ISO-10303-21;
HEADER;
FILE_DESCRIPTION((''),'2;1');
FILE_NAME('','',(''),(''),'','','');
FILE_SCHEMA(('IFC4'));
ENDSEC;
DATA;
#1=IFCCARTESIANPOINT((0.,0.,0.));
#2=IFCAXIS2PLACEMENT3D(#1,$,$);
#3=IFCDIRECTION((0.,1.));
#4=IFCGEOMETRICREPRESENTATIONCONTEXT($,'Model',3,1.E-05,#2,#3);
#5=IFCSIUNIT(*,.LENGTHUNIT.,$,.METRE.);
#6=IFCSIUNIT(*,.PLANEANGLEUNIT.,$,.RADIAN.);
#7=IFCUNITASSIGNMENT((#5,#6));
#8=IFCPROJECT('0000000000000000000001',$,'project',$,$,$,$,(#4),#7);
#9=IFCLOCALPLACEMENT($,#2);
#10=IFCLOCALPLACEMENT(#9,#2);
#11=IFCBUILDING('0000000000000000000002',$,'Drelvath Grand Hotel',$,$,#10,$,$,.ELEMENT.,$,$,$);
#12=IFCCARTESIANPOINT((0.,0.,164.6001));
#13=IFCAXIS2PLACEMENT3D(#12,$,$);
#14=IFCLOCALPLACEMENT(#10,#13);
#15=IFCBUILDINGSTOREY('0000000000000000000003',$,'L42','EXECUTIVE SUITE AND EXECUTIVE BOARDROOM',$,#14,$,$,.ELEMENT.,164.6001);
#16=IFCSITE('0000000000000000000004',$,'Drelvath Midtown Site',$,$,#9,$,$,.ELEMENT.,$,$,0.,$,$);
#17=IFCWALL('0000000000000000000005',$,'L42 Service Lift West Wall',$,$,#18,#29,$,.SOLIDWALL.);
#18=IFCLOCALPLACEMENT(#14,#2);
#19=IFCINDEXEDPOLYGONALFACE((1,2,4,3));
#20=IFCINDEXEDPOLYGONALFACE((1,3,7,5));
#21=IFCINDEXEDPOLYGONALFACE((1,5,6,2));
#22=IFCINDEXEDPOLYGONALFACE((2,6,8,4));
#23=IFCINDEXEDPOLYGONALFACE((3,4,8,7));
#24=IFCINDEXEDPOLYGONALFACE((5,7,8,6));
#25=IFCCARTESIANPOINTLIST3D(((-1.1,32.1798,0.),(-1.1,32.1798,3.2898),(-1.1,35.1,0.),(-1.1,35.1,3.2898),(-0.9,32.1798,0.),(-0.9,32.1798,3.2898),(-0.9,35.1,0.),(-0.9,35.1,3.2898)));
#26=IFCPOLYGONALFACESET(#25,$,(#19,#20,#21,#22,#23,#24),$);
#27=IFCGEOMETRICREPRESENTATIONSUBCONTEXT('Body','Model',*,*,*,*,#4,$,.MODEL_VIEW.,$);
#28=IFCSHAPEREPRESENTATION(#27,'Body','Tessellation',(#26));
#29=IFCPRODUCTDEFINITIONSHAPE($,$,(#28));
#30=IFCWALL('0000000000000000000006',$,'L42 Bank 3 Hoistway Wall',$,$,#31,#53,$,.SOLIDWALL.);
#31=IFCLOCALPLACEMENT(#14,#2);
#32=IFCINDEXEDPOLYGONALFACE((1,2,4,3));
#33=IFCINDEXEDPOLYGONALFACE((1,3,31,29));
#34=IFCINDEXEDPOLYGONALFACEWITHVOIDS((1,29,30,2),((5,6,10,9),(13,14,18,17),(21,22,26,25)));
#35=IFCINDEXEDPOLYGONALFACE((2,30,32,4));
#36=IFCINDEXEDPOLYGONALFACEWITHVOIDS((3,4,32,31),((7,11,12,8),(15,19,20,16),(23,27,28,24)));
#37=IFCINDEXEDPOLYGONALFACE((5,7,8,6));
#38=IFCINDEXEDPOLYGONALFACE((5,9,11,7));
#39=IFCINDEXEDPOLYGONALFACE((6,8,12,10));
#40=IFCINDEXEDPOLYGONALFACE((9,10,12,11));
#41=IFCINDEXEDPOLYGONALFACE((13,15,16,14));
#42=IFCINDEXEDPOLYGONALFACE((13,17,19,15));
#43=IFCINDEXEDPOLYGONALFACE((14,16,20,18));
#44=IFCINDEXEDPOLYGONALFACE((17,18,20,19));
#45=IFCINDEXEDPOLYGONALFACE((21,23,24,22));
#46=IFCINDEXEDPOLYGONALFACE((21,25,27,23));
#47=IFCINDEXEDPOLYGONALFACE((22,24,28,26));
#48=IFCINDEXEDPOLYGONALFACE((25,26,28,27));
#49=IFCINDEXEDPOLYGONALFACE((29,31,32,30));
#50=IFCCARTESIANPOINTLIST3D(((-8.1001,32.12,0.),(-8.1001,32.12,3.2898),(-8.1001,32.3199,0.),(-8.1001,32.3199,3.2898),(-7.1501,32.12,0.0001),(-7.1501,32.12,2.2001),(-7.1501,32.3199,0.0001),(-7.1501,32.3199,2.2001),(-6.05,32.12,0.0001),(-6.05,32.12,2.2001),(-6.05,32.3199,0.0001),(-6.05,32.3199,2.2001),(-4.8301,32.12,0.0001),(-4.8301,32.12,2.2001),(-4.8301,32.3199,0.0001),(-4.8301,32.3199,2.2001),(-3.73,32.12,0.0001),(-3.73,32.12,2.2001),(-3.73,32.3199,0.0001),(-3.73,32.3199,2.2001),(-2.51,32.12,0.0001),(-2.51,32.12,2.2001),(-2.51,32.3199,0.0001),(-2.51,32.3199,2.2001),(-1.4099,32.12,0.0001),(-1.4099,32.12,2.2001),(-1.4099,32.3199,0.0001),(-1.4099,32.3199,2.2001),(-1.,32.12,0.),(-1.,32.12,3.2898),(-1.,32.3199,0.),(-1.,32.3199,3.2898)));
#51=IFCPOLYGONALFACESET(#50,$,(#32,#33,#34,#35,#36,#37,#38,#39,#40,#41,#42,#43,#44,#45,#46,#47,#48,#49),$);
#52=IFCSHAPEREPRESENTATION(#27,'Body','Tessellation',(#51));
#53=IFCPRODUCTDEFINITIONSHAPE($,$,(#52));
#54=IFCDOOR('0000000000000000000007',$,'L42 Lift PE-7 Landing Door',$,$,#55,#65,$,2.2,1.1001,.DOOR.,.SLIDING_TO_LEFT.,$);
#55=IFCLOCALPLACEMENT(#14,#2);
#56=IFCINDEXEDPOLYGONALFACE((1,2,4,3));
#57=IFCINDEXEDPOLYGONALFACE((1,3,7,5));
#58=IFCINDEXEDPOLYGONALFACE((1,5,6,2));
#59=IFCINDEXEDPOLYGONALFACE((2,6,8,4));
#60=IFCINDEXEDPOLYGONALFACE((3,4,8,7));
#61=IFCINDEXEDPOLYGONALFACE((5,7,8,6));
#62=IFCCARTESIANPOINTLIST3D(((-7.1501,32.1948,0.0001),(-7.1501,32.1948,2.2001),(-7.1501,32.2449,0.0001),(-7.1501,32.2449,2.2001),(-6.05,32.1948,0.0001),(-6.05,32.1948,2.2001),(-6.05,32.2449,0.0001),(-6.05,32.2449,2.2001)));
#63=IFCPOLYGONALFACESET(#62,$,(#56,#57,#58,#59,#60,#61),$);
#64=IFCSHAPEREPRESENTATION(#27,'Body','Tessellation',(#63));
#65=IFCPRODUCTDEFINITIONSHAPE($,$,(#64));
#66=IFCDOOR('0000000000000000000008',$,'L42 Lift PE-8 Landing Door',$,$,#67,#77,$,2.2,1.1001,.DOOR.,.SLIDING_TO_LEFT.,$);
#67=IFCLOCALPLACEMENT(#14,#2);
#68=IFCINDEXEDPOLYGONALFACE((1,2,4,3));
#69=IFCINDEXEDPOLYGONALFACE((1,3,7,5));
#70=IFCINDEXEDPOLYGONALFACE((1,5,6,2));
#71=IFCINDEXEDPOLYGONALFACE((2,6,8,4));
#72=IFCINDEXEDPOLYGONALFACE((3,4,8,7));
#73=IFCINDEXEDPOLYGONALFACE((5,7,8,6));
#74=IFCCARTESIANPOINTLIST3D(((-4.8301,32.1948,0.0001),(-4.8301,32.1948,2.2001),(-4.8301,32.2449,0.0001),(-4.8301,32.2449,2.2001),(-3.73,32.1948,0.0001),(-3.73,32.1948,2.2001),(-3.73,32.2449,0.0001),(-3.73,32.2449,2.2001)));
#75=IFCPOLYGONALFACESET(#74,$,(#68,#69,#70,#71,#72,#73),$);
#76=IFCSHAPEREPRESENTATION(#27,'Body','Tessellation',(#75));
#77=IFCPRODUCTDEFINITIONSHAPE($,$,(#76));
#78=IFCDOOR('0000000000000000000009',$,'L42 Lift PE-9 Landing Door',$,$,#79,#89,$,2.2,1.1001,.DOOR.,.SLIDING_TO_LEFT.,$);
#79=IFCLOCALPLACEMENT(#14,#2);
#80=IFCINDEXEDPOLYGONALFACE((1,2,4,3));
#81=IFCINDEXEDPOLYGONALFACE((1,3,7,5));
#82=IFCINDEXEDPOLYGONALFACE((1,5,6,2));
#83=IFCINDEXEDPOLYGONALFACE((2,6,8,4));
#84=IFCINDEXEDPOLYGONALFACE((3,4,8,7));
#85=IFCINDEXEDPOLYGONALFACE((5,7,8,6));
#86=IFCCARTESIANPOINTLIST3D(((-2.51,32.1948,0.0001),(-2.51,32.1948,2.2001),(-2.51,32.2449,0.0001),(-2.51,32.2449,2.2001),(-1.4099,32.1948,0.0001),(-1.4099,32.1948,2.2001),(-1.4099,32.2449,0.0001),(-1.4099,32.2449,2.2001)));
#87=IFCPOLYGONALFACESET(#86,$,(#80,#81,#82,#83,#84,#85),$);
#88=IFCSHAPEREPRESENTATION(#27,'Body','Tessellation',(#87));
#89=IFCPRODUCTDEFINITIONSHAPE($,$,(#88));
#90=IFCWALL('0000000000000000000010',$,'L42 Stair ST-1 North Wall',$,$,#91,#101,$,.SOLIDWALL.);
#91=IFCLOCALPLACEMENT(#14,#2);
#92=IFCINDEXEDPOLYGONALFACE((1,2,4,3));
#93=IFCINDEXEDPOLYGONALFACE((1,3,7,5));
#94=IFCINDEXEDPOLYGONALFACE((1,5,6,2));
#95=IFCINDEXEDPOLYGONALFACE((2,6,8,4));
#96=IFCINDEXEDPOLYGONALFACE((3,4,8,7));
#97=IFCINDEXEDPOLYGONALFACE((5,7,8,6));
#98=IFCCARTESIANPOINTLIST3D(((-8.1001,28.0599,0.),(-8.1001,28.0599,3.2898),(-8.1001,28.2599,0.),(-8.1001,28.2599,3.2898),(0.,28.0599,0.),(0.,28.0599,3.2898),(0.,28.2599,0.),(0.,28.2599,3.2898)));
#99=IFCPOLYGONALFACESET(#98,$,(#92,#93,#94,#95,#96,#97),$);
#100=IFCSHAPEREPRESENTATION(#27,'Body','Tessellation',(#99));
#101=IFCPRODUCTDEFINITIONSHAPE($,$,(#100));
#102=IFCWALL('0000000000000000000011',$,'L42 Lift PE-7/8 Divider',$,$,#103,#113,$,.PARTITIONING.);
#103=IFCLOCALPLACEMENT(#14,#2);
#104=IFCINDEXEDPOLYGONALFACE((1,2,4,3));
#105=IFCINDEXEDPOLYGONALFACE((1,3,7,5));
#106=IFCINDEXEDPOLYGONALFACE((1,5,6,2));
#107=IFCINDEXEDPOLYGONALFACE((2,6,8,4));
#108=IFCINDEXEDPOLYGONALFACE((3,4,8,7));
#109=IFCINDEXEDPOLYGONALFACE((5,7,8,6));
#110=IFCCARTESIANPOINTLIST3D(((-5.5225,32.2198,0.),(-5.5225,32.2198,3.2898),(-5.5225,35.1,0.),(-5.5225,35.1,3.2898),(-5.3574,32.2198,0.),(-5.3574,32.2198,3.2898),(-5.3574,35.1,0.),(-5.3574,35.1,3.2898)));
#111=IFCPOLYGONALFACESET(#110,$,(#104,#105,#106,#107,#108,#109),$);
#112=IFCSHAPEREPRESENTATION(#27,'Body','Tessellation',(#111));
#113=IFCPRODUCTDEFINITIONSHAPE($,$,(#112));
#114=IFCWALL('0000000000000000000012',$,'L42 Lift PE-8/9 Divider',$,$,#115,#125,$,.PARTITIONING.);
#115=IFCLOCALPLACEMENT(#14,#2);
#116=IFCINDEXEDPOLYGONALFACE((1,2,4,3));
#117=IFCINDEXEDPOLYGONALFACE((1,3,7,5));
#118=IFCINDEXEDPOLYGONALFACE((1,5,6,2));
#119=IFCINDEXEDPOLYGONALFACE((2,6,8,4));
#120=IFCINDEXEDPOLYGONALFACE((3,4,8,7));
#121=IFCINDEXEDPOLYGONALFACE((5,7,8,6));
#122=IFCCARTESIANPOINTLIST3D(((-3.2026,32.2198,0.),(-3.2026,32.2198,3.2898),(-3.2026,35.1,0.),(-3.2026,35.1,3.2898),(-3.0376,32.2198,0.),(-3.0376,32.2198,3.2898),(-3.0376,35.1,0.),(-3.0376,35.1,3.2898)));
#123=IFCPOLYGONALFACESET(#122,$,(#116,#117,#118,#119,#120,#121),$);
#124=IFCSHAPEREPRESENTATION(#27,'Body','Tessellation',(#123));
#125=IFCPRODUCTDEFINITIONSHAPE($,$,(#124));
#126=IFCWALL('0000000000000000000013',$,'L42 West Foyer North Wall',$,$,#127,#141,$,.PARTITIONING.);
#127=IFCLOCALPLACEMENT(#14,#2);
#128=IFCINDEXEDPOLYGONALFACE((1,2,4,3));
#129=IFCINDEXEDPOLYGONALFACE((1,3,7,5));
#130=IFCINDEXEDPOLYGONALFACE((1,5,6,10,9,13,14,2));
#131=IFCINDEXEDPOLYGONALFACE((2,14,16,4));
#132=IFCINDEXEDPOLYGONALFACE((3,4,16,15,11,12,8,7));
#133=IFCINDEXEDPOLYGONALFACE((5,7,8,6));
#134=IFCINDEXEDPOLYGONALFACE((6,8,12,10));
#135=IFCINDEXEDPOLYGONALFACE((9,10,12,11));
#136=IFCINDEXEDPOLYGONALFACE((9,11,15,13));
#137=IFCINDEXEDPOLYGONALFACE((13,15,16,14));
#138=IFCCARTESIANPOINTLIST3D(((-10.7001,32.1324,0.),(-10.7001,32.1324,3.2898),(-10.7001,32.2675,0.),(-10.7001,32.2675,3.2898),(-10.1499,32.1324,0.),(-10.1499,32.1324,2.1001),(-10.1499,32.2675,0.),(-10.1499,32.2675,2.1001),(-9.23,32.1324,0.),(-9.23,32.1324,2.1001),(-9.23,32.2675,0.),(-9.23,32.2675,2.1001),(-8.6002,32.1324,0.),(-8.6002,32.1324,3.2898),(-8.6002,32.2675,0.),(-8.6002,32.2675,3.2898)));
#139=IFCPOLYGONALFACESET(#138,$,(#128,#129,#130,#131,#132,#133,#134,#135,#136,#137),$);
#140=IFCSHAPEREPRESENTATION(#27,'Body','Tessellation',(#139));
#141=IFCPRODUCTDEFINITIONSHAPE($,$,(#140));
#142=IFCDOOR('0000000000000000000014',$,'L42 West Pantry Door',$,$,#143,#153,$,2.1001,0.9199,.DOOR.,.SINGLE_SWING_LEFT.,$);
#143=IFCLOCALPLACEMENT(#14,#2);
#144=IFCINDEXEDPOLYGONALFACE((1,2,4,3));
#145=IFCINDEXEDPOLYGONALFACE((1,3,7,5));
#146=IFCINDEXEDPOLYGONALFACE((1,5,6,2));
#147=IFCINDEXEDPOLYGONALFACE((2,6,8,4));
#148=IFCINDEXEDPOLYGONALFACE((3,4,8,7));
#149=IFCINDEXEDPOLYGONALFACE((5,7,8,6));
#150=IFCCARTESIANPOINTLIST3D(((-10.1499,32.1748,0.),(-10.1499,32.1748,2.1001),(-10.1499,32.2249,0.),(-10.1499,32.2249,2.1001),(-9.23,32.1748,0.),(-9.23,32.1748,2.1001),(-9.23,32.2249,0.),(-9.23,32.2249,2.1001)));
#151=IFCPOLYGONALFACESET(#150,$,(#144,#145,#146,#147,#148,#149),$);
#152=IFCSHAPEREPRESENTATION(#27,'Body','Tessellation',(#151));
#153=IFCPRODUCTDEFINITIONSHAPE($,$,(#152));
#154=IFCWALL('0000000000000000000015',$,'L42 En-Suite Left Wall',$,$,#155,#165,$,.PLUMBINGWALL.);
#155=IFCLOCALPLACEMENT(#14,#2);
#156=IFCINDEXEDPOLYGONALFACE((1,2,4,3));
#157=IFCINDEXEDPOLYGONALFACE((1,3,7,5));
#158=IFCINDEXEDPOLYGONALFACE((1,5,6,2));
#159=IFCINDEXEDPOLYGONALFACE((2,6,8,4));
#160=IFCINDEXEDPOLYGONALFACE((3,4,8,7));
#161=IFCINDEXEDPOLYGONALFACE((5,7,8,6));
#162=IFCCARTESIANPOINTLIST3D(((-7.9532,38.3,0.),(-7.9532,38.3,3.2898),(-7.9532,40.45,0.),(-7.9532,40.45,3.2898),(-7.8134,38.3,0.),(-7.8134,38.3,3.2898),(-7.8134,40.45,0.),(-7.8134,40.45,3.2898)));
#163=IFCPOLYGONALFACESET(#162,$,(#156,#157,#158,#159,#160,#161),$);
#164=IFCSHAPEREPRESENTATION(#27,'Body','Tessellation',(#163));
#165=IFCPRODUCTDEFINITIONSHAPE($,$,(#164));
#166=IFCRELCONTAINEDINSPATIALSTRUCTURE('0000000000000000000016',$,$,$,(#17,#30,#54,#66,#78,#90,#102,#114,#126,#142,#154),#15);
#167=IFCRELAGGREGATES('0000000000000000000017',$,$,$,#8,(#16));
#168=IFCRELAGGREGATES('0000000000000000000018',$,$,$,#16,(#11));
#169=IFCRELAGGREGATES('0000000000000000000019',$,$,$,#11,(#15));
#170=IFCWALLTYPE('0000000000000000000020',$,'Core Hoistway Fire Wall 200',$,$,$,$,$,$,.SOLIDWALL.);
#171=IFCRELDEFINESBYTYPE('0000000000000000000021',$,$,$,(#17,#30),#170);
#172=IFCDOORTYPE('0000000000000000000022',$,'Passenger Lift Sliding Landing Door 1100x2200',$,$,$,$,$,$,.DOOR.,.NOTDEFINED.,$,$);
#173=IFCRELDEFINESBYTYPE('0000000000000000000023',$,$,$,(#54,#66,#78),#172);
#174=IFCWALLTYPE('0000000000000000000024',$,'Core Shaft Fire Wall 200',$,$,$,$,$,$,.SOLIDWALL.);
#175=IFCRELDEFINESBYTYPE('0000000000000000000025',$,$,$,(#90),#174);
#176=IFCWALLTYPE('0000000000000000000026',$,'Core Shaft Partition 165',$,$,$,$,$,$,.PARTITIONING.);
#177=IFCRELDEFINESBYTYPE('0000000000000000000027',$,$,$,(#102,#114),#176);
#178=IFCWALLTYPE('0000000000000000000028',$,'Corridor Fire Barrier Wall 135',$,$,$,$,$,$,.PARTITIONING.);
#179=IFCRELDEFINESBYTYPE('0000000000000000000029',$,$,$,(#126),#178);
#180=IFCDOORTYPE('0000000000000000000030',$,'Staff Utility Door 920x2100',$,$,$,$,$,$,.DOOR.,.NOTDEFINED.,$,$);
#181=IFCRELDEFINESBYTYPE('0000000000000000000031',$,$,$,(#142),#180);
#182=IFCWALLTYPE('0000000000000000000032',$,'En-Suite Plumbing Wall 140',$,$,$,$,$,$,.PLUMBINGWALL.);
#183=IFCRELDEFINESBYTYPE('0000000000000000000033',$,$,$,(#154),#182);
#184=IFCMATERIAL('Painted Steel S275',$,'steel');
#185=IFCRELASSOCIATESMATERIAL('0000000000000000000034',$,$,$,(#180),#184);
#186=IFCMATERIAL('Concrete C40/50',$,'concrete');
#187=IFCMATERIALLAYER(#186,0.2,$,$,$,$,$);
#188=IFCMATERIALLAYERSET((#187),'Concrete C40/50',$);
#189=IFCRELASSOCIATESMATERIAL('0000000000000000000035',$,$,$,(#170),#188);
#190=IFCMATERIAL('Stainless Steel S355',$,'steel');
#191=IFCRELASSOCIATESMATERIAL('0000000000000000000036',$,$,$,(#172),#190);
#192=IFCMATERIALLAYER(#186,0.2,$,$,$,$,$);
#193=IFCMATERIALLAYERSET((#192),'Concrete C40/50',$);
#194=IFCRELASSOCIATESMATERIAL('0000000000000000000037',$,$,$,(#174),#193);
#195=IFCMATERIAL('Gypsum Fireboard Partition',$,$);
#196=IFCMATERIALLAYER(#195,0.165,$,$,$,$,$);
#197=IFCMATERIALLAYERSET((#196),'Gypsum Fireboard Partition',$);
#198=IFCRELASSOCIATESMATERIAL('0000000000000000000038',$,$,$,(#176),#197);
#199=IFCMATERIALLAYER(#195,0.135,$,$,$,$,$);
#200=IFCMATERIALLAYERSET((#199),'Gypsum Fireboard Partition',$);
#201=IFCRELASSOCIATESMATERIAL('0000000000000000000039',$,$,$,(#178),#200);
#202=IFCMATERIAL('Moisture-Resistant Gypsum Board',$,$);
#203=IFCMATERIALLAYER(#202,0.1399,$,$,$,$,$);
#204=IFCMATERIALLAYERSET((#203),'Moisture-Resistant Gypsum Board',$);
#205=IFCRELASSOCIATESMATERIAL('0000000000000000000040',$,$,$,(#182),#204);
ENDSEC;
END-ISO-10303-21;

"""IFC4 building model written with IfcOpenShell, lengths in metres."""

from ifc_helpers import new_model, si_unit, direction, frame, frame_2d, origin, place, context, subcontext, project, spatial, rectangle, extrude, material, layer, layer_set, type_object, element, fill, save


model = new_model("IFC4")

# Units and contexts
model_context = context("Model", 3, precision=1e-05, world=origin(), true_north=direction((0.0, 1.0)))
body_context = subcontext(model_context, "Body", "Model", "MODEL_VIEW")
ifc_project = project(units=[si_unit("LENGTHUNIT", "METRE"), si_unit("PLANEANGLEUNIT", "RADIAN")], contexts=[model_context])

# Site, building, storey
site_placement = place(None, origin())
site = spatial("IfcSite", under=ifc_project, at=site_placement, Name="Drelvath Midtown Site", CompositionType="ELEMENT", RefElevation=0.0)
building_placement = place(site_placement, origin())
building = spatial("IfcBuilding", under=site, at=building_placement, Name="Drelvath Grand Hotel", CompositionType="ELEMENT")
storey_placement = place(building_placement, frame((0.0, 0.0, 164.6001)))
storey = spatial("IfcBuildingStorey", under=building, at=storey_placement, Name="L42", Description="EXECUTIVE SUITE AND EXECUTIVE BOARDROOM", CompositionType="ELEMENT", Elevation=164.6001)

# Shared definitions
ifc_material_1 = material(Name="Painted Steel S275", Category="steel")
door_type_1 = type_object("IfcDoorType", Name="Staff Utility Door 920x2100", OperationType="NOTDEFINED", PredefinedType="DOOR", material=ifc_material_1)

# Shared definitions
ifc_material_2 = material(Name="Concrete C40/50", Category="concrete")
ifc_layer_1 = layer(ifc_material_2, 0.2)
ifc_layer_set_1 = layer_set([ifc_layer_1], Name="Concrete C40/50")
wall_type_1 = type_object("IfcWallType", Name="Core Hoistway Fire Wall 200", PredefinedType="SOLIDWALL", material=ifc_layer_set_1)
ifc_material_3 = material(Name="Stainless Steel S355", Category="steel")

# Wall
wall_1_placement = place(storey_placement, frame((-1.0, 32.1799, 0.0), z_axis=(0.0, 0.0, 1.0), x_axis=(0.0, 1.0, 0.0)))
element("IfcWall", 1, at=wall_1_placement, inside=storey, type_object=wall_type_1, Name="L42 Service Lift West Wall", PredefinedType="SOLIDWALL", context=body_context, shape_type="SweptSolid", body=[
    extrude(rectangle(XDim=2.9202, YDim=0.2, at=frame_2d((1.46, 0.0))), origin(), (0.0, 0.0, 1.0), 3.2898),
])

# Wall, openings, doors
wall_2_placement = place(storey_placement, frame((-8.1001, 32.22, 0.0), z_axis=(0.0, 0.0, 1.0), x_axis=(1.0, 0.0, 0.0)))
wall_2 = element("IfcWall", 2, at=wall_2_placement, inside=storey, type_object=wall_type_1, Name="L42 Bank 3 Hoistway Wall", PredefinedType="SOLIDWALL", context=body_context, shape_type="SweptSolid", body=[
    extrude(rectangle(XDim=7.1001, YDim=0.2, at=frame_2d((3.55, 0.0))), origin(), (0.0, 0.0, 1.0), 3.2898),
])
opening_1_placement = place(wall_2_placement, frame((0.95, 0.0, 0.0)))
opening_1 = element("IfcOpeningElement", 3, at=opening_1_placement, cuts=wall_2, PredefinedType="OPENING", context=body_context, shape_type="SweptSolid", body=[
    extrude(rectangle(XDim=1.1001, YDim=2.2, at=frame_2d((0.55, 1.1001))), frame((0.0, 0.1099, 0.0), z_axis=(0.0, -1.0, 0.0), x_axis=(1.0, 0.0, 0.0)), (0.0, 0.0, 1.0), 0.22),
])
opening_2_placement = place(wall_2_placement, frame((3.27, 0.0, 0.0)))
opening_2 = element("IfcOpeningElement", 4, at=opening_2_placement, cuts=wall_2, PredefinedType="OPENING", context=body_context, shape_type="SweptSolid", body=[
    extrude(rectangle(XDim=1.1001, YDim=2.2, at=frame_2d((0.55, 1.1001))), frame((0.0, 0.1099, 0.0), z_axis=(0.0, -1.0, 0.0), x_axis=(1.0, 0.0, 0.0)), (0.0, 0.0, 1.0), 0.22),
])
opening_3_placement = place(wall_2_placement, frame((5.5901, 0.0, 0.0)))
opening_3 = element("IfcOpeningElement", 5, at=opening_3_placement, cuts=wall_2, PredefinedType="OPENING", context=body_context, shape_type="SweptSolid", body=[
    extrude(rectangle(XDim=1.1001, YDim=2.2, at=frame_2d((0.55, 1.1001))), frame((0.0, 0.1099, 0.0), z_axis=(0.0, -1.0, 0.0), x_axis=(1.0, 0.0, 0.0)), (0.0, 0.0, 1.0), 0.22),
])
door_type_2 = type_object("IfcDoorType", Name="Passenger Lift Sliding Landing Door 1100x2200", OperationType="NOTDEFINED", PredefinedType="DOOR", material=ifc_material_3)
door_1_placement = place(opening_1_placement, origin())
door_1 = element("IfcDoor", 6, at=door_1_placement, inside=storey, type_object=door_type_2, Name="L42 Lift PE-7 Landing Door", OperationType="SLIDING_TO_LEFT", OverallHeight=2.2, OverallWidth=1.1001, PredefinedType="DOOR", context=body_context, shape_type="SweptSolid", body=[
    extrude(rectangle(XDim=1.1001, YDim=2.2, at=frame_2d((0.55, 1.1001))), frame((0.0, 0.0249, 0.0), z_axis=(0.0, -1.0, 0.0), x_axis=(1.0, 0.0, 0.0)), (0.0, 0.0, 1.0), 0.05),
])
fill(opening_1, door_1)
door_2_placement = place(opening_2_placement, origin())
door_2 = element("IfcDoor", 7, at=door_2_placement, inside=storey, type_object=door_type_2, Name="L42 Lift PE-8 Landing Door", OperationType="SLIDING_TO_LEFT", OverallHeight=2.2, OverallWidth=1.1001, PredefinedType="DOOR", context=body_context, shape_type="SweptSolid", body=[
    extrude(rectangle(XDim=1.1001, YDim=2.2, at=frame_2d((0.55, 1.1001))), frame((0.0, 0.0249, 0.0), z_axis=(0.0, -1.0, 0.0), x_axis=(1.0, 0.0, 0.0)), (0.0, 0.0, 1.0), 0.05),
])
fill(opening_2, door_2)
door_3_placement = place(opening_3_placement, origin())
door_3 = element("IfcDoor", 8, at=door_3_placement, inside=storey, type_object=door_type_2, Name="L42 Lift PE-9 Landing Door", OperationType="SLIDING_TO_LEFT", OverallHeight=2.2, OverallWidth=1.1001, PredefinedType="DOOR", context=body_context, shape_type="SweptSolid", body=[
    extrude(rectangle(XDim=1.1001, YDim=2.2, at=frame_2d((0.55, 1.1001))), frame((0.0, 0.0249, 0.0), z_axis=(0.0, -1.0, 0.0), x_axis=(1.0, 0.0, 0.0)), (0.0, 0.0, 1.0), 0.05),
])
fill(opening_3, door_3)

# Walls
ifc_layer_2 = layer(ifc_material_2, 0.2)
ifc_layer_set_2 = layer_set([ifc_layer_2], Name="Concrete C40/50")
wall_type_2 = type_object("IfcWallType", Name="Core Shaft Fire Wall 200", PredefinedType="SOLIDWALL", material=ifc_layer_set_2)
wall_3_placement = place(storey_placement, frame((-8.1001, 28.1599, 0.0), z_axis=(0.0, 0.0, 1.0), x_axis=(1.0, 0.0, 0.0)))
element("IfcWall", 9, at=wall_3_placement, inside=storey, type_object=wall_type_2, Name="L42 Stair ST-1 North Wall", PredefinedType="SOLIDWALL", context=body_context, shape_type="SweptSolid", body=[
    extrude(rectangle(XDim=8.1001, YDim=0.2, at=frame_2d((4.05, 0.0))), origin(), (0.0, 0.0, 1.0), 3.2898),
])
ifc_material_4 = material(Name="Gypsum Fireboard Partition")
ifc_layer_3 = layer(ifc_material_4, 0.165)
ifc_layer_set_3 = layer_set([ifc_layer_3], Name="Gypsum Fireboard Partition")
wall_type_3 = type_object("IfcWallType", Name="Core Shaft Partition 165", PredefinedType="PARTITIONING", material=ifc_layer_set_3)
for number, where, z_axis, x_axis, name in (
    (10, (-5.4399, 32.22, 0.0), (0.0, 0.0, 1.0), (0.0, 1.0, 0.0), "L42 Lift PE-7/8 Divider"),
    (11, (-3.1201, 32.22, 0.0), (0.0, 0.0, 1.0), (0.0, 1.0, 0.0), "L42 Lift PE-8/9 Divider"),
):
    element("IfcWall", number, at=place(storey_placement, frame(where, z_axis=z_axis, x_axis=x_axis)), inside=storey, type_object=wall_type_3, Name=name, PredefinedType="PARTITIONING", context=body_context, shape_type="SweptSolid", body=[
        extrude(rectangle(XDim=2.8801, YDim=0.165, at=frame_2d((1.4399, 0.0))), origin(), (0.0, 0.0, 1.0), 3.2898),
    ])

# Wall, opening, door
ifc_layer_4 = layer(ifc_material_4, 0.135)
ifc_layer_set_4 = layer_set([ifc_layer_4], Name="Gypsum Fireboard Partition")
wall_type_4 = type_object("IfcWallType", Name="Corridor Fire Barrier Wall 135", PredefinedType="PARTITIONING", material=ifc_layer_set_4)
wall_4_placement = place(storey_placement, frame((-10.7, 32.2, 0.0), z_axis=(0.0, 0.0, 1.0), x_axis=(1.0, 0.0, 0.0)))
wall_4 = element("IfcWall", 12, at=wall_4_placement, inside=storey, type_object=wall_type_4, Name="L42 West Foyer North Wall", PredefinedType="PARTITIONING", context=body_context, shape_type="SweptSolid", body=[
    extrude(rectangle(XDim=2.0999, YDim=0.135, at=frame_2d((1.0498, 0.0))), origin(), (0.0, 0.0, 1.0), 3.2898),
])
opening_4_placement = place(wall_4_placement, frame((0.55, 0.0, 0.0)))
opening_4 = element("IfcOpeningElement", 13, at=opening_4_placement, cuts=wall_4, PredefinedType="OPENING", context=body_context, shape_type="SweptSolid", body=[
    extrude(rectangle(XDim=0.9199, YDim=2.1001, at=frame_2d((0.46, 1.05))), frame((0.0, 0.0774, 0.0), z_axis=(0.0, -1.0, 0.0), x_axis=(1.0, 0.0, 0.0)), (0.0, 0.0, 1.0), 0.155),
])
door_4_placement = place(opening_4_placement, origin())
door_4 = element("IfcDoor", 14, at=door_4_placement, inside=storey, type_object=door_type_1, Name="L42 West Pantry Door", OperationType="SINGLE_SWING_LEFT", OverallHeight=2.1001, OverallWidth=0.9199, PredefinedType="DOOR", context=body_context, shape_type="SweptSolid", body=[
    extrude(rectangle(XDim=0.9199, YDim=2.1001, at=frame_2d((0.46, 1.05))), frame((0.0, 0.0249, 0.0), z_axis=(0.0, -1.0, 0.0), x_axis=(1.0, 0.0, 0.0)), (0.0, 0.0, 1.0), 0.05),
])
fill(opening_4, door_4)

# Wall
ifc_material_5 = material(Name="Moisture-Resistant Gypsum Board")
ifc_layer_5 = layer(ifc_material_5, 0.1399)
ifc_layer_set_5 = layer_set([ifc_layer_5], Name="Moisture-Resistant Gypsum Board")
wall_type_5 = type_object("IfcWallType", Name="En-Suite Plumbing Wall 140", PredefinedType="PLUMBINGWALL", material=ifc_layer_set_5)
for number, where, z_axis, x_axis, name in (
    (15, (-7.8833, 38.3, 0.0), (0.0, 0.0, 1.0), (0.0, 1.0, 0.0), "L42 En-Suite Left Wall"),
):
    element("IfcWall", number, at=place(storey_placement, frame(where, z_axis=z_axis, x_axis=x_axis)), inside=storey, type_object=wall_type_5, Name=name, PredefinedType="PLUMBINGWALL", context=body_context, shape_type="SweptSolid", body=[
        extrude(rectangle(XDim=2.1499, YDim=0.1399, at=frame_2d((1.075, 0.0))), origin(), (0.0, 0.0, 1.0), 3.2898),
    ])

save(model, "model.ifc")
